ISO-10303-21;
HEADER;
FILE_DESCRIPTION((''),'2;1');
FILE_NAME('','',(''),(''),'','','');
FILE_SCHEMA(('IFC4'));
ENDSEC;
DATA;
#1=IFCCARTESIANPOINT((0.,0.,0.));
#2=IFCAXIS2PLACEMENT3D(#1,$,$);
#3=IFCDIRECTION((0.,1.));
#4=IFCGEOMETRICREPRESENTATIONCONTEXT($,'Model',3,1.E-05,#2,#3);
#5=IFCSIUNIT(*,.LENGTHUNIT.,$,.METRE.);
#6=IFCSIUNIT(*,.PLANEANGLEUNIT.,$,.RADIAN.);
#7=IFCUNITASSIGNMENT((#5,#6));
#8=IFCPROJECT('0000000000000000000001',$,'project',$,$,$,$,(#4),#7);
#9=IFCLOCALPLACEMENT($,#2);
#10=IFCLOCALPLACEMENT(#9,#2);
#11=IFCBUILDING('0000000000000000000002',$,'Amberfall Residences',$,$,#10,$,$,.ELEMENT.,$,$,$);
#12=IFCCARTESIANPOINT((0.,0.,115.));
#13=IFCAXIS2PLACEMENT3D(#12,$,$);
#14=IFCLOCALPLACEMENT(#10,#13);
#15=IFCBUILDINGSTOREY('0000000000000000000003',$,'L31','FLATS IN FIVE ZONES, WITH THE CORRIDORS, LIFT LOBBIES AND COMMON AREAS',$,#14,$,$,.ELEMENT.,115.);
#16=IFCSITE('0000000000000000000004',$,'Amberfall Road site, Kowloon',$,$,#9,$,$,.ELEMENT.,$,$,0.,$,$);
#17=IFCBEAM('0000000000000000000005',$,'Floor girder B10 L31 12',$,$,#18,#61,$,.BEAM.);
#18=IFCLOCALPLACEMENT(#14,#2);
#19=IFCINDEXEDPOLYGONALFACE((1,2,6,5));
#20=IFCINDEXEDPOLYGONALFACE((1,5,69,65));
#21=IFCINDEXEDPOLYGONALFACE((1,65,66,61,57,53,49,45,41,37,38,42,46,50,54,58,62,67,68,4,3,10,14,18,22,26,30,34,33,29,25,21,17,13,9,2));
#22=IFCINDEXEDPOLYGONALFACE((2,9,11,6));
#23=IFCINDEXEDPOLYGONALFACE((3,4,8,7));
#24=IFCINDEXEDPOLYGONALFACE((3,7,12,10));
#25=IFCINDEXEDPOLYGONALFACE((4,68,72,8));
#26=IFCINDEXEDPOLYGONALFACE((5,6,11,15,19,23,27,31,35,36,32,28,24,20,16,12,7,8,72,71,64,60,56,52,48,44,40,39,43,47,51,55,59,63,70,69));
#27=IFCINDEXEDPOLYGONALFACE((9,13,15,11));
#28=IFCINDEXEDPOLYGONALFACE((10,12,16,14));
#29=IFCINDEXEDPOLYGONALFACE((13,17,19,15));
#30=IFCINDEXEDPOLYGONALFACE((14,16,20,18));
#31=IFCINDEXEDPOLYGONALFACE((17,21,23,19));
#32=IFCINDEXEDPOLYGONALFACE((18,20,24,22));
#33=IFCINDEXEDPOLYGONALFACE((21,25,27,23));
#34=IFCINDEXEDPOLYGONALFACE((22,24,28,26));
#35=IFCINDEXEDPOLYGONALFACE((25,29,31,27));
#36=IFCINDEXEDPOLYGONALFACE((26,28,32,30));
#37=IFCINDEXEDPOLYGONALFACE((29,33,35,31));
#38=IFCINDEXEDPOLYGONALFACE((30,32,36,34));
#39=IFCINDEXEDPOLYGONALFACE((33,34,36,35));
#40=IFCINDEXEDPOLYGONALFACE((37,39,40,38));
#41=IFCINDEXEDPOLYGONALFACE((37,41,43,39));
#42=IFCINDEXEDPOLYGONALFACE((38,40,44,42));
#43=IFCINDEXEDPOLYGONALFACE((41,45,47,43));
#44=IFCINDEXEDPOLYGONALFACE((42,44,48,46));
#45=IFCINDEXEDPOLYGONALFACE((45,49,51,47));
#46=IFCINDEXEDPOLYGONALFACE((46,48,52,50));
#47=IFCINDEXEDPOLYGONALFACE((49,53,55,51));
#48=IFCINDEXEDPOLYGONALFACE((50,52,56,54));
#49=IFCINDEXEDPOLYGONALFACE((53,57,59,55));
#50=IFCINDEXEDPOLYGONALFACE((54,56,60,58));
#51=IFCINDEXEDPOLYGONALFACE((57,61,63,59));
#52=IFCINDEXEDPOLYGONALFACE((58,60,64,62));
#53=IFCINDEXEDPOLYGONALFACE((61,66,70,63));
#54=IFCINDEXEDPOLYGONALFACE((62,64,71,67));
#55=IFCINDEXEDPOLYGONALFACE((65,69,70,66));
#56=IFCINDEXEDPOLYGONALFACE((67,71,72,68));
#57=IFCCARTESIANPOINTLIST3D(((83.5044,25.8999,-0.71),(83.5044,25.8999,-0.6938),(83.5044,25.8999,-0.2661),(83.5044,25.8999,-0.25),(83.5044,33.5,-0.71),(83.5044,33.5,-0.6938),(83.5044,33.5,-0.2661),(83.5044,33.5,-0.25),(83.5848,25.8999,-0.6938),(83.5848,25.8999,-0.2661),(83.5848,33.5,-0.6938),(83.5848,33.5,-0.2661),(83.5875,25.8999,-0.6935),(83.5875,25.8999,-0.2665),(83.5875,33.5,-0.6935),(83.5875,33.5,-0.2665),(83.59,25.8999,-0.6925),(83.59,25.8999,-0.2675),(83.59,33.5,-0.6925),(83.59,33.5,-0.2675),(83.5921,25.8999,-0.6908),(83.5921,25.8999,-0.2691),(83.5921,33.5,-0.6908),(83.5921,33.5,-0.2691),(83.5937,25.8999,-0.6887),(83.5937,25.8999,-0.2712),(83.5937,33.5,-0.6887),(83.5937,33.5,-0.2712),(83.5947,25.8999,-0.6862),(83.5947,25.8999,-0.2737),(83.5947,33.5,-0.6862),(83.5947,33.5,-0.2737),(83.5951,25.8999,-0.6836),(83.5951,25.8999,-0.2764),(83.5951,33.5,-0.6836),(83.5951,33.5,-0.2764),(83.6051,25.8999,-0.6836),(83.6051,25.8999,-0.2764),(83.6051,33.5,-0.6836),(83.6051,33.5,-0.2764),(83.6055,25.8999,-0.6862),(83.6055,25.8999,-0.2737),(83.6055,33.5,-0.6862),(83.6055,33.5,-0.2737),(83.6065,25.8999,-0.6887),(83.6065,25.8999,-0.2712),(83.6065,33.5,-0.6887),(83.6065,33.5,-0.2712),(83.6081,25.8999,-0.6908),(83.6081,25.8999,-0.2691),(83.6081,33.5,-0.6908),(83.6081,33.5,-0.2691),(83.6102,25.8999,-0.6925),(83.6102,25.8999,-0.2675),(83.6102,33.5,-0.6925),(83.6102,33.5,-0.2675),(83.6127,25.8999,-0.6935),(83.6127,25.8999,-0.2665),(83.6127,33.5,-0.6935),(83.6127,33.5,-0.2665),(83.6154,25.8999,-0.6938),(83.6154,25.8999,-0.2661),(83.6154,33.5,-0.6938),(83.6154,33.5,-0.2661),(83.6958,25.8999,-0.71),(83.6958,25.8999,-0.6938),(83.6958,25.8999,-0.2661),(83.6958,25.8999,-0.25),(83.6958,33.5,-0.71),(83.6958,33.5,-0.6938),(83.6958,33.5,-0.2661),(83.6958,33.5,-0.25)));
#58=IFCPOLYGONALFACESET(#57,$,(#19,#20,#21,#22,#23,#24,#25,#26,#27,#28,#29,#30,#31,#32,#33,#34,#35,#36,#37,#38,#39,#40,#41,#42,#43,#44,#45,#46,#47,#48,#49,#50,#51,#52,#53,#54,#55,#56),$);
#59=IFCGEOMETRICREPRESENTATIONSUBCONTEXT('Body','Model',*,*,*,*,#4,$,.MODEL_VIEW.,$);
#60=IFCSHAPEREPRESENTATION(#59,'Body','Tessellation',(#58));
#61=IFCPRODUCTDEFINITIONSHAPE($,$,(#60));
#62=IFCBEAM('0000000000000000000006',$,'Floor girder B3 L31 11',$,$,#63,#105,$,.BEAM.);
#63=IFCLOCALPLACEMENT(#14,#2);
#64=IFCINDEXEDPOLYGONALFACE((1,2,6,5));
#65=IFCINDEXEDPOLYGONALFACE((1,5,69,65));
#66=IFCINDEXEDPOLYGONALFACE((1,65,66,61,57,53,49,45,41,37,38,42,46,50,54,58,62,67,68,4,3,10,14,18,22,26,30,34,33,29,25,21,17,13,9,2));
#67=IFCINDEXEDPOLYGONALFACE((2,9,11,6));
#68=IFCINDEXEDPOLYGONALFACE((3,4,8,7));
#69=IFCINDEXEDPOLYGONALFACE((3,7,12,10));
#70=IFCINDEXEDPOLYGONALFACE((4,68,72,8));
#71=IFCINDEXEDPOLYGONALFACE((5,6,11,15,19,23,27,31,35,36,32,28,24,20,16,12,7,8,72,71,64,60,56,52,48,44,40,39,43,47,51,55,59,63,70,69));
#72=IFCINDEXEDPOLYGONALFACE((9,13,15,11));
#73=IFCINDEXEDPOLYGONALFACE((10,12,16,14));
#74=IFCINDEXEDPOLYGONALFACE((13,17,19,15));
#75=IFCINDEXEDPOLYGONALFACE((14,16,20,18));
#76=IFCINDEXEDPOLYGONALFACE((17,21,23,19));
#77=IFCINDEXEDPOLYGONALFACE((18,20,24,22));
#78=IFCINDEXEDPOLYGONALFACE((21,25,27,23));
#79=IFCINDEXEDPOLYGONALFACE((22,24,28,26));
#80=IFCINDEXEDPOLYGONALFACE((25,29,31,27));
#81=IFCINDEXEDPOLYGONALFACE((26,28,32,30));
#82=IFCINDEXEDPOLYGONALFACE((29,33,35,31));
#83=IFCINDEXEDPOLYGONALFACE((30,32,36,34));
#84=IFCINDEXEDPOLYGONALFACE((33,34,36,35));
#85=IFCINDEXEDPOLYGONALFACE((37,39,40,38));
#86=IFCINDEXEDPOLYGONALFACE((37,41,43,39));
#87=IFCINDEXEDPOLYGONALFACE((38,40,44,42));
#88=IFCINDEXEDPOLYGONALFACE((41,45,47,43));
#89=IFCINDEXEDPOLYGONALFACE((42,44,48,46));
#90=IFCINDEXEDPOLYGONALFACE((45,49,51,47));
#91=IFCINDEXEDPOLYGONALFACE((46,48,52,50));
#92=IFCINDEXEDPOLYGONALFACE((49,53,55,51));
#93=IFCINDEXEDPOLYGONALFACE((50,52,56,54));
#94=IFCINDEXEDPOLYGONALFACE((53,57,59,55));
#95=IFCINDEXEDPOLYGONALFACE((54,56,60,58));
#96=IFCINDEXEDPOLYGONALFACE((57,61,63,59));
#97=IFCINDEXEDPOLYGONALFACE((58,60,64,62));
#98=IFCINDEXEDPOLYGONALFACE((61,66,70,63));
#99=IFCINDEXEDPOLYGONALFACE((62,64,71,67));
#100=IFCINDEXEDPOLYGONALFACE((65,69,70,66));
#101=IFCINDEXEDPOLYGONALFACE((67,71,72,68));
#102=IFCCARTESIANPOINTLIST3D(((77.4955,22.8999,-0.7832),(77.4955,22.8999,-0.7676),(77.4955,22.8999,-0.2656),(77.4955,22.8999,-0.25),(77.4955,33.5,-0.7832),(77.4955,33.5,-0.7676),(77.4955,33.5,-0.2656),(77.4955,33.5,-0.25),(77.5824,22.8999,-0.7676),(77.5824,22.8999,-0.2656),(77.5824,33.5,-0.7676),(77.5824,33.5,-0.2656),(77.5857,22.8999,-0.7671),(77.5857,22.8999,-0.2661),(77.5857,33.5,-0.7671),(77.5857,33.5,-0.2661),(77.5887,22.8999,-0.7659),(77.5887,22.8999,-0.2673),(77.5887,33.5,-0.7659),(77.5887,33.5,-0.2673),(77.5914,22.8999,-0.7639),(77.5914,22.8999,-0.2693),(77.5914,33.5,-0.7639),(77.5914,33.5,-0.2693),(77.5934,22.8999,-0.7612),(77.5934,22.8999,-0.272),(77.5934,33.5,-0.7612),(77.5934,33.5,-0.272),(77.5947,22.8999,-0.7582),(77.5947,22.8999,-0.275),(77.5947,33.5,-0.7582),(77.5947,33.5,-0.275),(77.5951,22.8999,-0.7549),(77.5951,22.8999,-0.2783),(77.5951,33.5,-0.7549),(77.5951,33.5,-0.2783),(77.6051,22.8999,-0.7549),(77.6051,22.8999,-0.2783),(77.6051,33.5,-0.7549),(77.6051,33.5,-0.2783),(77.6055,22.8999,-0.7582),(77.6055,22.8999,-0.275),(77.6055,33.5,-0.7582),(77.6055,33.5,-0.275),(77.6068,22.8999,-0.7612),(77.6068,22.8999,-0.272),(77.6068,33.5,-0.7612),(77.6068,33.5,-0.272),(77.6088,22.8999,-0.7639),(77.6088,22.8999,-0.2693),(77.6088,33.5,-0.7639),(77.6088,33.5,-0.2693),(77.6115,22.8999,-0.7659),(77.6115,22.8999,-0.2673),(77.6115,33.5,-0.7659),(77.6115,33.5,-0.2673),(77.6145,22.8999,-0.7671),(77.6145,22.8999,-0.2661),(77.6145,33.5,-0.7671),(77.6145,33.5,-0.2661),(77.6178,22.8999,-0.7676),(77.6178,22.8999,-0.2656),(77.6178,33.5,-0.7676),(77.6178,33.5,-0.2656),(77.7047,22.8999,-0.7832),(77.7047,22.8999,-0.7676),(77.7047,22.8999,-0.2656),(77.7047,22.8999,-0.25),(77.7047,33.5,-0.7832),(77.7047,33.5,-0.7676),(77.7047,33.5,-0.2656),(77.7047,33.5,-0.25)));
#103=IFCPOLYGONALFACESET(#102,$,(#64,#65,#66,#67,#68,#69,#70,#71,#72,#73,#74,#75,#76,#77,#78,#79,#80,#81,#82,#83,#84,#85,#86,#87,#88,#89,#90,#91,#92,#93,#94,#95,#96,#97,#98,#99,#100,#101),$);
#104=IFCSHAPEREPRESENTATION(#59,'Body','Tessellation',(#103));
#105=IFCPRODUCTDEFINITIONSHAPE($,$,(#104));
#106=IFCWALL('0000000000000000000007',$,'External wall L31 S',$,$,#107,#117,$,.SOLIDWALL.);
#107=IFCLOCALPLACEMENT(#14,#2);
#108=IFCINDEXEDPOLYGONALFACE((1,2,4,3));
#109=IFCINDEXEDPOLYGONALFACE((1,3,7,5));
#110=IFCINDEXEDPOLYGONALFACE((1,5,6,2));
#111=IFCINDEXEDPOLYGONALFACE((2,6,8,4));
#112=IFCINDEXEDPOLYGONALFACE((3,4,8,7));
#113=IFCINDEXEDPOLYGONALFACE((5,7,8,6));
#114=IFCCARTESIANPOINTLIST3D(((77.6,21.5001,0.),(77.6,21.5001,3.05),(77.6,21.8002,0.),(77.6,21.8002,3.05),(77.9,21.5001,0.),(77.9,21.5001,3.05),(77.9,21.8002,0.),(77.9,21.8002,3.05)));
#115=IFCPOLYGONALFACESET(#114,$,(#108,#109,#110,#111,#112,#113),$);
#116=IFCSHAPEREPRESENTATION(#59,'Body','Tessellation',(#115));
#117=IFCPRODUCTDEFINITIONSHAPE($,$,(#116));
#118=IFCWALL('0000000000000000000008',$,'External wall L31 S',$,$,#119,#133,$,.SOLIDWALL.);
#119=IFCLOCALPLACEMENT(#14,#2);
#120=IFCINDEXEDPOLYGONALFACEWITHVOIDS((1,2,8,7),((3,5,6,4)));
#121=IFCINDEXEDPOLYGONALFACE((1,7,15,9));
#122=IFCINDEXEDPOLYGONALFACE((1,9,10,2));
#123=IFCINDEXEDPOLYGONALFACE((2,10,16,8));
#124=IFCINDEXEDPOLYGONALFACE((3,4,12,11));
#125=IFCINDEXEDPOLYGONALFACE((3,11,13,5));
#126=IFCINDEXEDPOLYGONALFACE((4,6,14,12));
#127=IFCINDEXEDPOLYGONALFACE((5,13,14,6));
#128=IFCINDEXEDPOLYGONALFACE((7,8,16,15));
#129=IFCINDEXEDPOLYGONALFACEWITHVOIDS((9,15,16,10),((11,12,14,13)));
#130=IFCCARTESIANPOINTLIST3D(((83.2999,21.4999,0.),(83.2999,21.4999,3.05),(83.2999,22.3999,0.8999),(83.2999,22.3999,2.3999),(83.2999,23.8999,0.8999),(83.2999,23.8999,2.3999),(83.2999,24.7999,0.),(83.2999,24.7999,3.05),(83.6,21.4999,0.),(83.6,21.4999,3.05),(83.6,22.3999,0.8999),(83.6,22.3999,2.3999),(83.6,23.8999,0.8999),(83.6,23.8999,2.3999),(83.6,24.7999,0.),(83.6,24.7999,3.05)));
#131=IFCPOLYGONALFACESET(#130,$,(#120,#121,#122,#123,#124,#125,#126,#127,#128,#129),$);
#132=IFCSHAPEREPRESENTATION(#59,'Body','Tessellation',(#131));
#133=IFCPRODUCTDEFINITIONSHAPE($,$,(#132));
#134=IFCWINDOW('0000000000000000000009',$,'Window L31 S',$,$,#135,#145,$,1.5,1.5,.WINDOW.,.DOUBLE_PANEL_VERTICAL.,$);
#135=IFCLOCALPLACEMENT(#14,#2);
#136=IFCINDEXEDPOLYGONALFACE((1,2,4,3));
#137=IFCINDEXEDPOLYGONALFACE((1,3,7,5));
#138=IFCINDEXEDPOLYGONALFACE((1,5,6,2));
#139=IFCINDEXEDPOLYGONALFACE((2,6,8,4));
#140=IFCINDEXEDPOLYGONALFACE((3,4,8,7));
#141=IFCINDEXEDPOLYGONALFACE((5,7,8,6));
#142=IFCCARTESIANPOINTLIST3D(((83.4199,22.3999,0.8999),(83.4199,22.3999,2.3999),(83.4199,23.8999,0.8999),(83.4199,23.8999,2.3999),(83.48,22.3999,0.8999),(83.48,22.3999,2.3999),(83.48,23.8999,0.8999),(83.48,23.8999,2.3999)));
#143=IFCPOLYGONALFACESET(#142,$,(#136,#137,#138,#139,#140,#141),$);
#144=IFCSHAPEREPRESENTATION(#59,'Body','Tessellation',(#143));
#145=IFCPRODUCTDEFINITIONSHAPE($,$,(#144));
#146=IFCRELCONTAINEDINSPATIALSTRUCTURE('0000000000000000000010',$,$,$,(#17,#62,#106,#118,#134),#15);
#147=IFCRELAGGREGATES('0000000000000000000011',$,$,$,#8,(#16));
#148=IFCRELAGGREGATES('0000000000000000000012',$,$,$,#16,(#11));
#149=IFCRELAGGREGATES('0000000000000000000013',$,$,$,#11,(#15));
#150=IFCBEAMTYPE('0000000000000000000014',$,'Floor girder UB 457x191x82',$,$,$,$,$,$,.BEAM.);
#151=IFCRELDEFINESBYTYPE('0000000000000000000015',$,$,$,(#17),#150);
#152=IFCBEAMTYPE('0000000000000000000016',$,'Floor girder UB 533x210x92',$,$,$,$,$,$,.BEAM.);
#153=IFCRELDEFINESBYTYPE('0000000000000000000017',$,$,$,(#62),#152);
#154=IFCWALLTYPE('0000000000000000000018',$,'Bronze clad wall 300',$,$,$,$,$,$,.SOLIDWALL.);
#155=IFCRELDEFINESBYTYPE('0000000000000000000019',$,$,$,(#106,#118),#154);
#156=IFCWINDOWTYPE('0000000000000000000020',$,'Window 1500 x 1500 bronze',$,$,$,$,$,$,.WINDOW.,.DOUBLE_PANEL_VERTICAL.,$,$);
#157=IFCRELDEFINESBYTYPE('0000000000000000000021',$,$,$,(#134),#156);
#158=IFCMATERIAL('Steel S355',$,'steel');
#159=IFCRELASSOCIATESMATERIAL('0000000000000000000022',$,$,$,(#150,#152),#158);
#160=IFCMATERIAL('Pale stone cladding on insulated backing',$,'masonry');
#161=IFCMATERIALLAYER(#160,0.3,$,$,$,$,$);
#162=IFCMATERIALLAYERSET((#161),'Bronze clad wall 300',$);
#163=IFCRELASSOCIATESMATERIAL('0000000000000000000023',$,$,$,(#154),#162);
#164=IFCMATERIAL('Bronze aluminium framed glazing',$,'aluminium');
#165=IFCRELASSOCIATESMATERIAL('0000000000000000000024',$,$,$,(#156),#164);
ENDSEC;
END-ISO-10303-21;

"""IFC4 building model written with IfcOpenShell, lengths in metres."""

from ifc_helpers import new_model, si_unit, direction, frame, frame_2d, origin, origin_2d, place, context, subcontext, project, spatial, rectangle, i_section, extrude, material, layer, layer_set, material_profile, profile_set, type_object, element, fill, save


model = new_model("IFC4")

# Units and contexts
model_context = context("Model", 3, precision=1e-05, world=origin(), true_north=direction((0.0, 1.0)))
body_context = subcontext(model_context, "Body", "Model", "MODEL_VIEW")
ifc_project = project(units=[si_unit("LENGTHUNIT", "METRE"), si_unit("PLANEANGLEUNIT", "RADIAN")], contexts=[model_context])

# Site, building, storey
site_placement = place(None, origin())
site = spatial("IfcSite", under=ifc_project, at=site_placement, Name="Amberfall Road site, Kowloon", CompositionType="ELEMENT", RefElevation=0.0)
building_placement = place(site_placement, origin())
building = spatial("IfcBuilding", under=site, at=building_placement, Name="Amberfall Residences", CompositionType="ELEMENT")
storey_placement = place(building_placement, frame((0.0, 0.0, 115.0)))
storey = spatial("IfcBuildingStorey", under=building, at=storey_placement, Name="L31", Description="FLATS IN FIVE ZONES, WITH THE CORRIDORS, LIFT LOBBIES AND COMMON AREAS", CompositionType="ELEMENT", Elevation=115.0)

# Beams
ifc_material_1 = material(Name="Steel S355", Category="steel")
ifc_material_profile_1 = material_profile(ifc_material_1, i_section(OverallWidth=0.1914, OverallDepth=0.46, WebThickness=0.01, FlangeThickness=0.0161, FilletRadius=0.0103, at=origin_2d()), Name="UB 457x191x82")
ifc_profile_set_1 = profile_set([ifc_material_profile_1], Name="Steel S355")
beam_type_1 = type_object("IfcBeamType", Name="Floor girder UB 457x191x82", PredefinedType="BEAM", material=ifc_profile_set_1)
beam_1_placement = place(storey_placement, frame((83.6001, 25.8999, -0.48), z_axis=(0.0, 1.0, 0.0), x_axis=(-1.0, 0.0, 0.0)))
element("IfcBeam", 1, at=beam_1_placement, inside=storey, type_object=beam_type_1, Name="Floor girder B10 L31 12", PredefinedType="BEAM", context=body_context, shape_type="SweptSolid", body=[
    extrude(i_section(OverallWidth=0.1914, OverallDepth=0.46, WebThickness=0.01, FlangeThickness=0.0161, FilletRadius=0.0103, at=origin_2d()), origin(), (0.0, 0.0, 1.0), 7.6001),
])
ifc_material_profile_2 = material_profile(ifc_material_1, i_section(OverallWidth=0.2092, OverallDepth=0.5332, WebThickness=0.01, FlangeThickness=0.0156, FilletRadius=0.0127, at=origin_2d()), Name="UB 533x210x92")
ifc_profile_set_2 = profile_set([ifc_material_profile_2], Name="Steel S355")
beam_type_2 = type_object("IfcBeamType", Name="Floor girder UB 533x210x92", PredefinedType="BEAM", material=ifc_profile_set_2)
beam_2_placement = place(storey_placement, frame((77.6001, 22.8999, -0.5166), z_axis=(0.0, 1.0, 0.0), x_axis=(-1.0, 0.0, 0.0)))
element("IfcBeam", 2, at=beam_2_placement, inside=storey, type_object=beam_type_2, Name="Floor girder B3 L31 11", PredefinedType="BEAM", context=body_context, shape_type="SweptSolid", body=[
    extrude(i_section(OverallWidth=0.2092, OverallDepth=0.5332, WebThickness=0.01, FlangeThickness=0.0156, FilletRadius=0.0127, at=origin_2d()), origin(), (0.0, 0.0, 1.0), 10.6001),
])

# Wall
ifc_material_2 = material(Name="Pale stone cladding on insulated backing", Category="masonry")
ifc_layer_1 = layer(ifc_material_2, 0.3)
ifc_layer_set_1 = layer_set([ifc_layer_1], Name="Bronze clad wall 300")
wall_type_1 = type_object("IfcWallType", Name="Bronze clad wall 300", PredefinedType="SOLIDWALL", material=ifc_layer_set_1)
wall_1_placement = place(storey_placement, frame((77.75, 21.8, 0.0), z_axis=(0.0, 0.0, 1.0), x_axis=(0.0, -1.0, 0.0)))
element("IfcWall", 3, at=wall_1_placement, inside=storey, type_object=wall_type_1, Name="External wall L31 S", PredefinedType="SOLIDWALL", context=body_context, shape_type="SweptSolid", body=[
    extrude(rectangle(XDim=0.3, YDim=0.3, at=frame_2d((0.1499, 0.0))), origin(), (0.0, 0.0, 1.0), 3.05),
])

# Wall, opening, window
wall_2_placement = place(storey_placement, frame((83.45, 21.5, 0.0), z_axis=(0.0, 0.0, 1.0), x_axis=(0.0, 1.0, 0.0)))
wall_2 = element("IfcWall", 4, at=wall_2_placement, inside=storey, type_object=wall_type_1, Name="External wall L31 S", PredefinedType="SOLIDWALL", context=body_context, shape_type="SweptSolid", body=[
    extrude(rectangle(XDim=3.3, YDim=0.3, at=frame_2d((1.6499, 0.0))), origin(), (0.0, 0.0, 1.0), 3.05),
])
opening_1_placement = place(wall_2_placement, frame((0.8999, 0.0, 0.8999)))
opening_1 = element("IfcOpeningElement", 5, at=opening_1_placement, cuts=wall_2, PredefinedType="OPENING", context=body_context, shape_type="SweptSolid", body=[
    extrude(rectangle(XDim=1.5, YDim=1.5, at=frame_2d((0.75, 0.75))), frame((0.0, 0.1599, 0.0), z_axis=(0.0, -1.0, 0.0), x_axis=(1.0, 0.0, 0.0)), (0.0, 0.0, 1.0), 0.3201),
])
ifc_material_3 = material(Name="Bronze aluminium framed glazing", Category="aluminium")
window_type_1 = type_object("IfcWindowType", Name="Window 1500 x 1500 bronze", PartitioningType="DOUBLE_PANEL_VERTICAL", PredefinedType="WINDOW", material=ifc_material_3)
window_1_placement = place(opening_1_placement, origin())
window_1 = element("IfcWindow", 6, at=window_1_placement, inside=storey, type_object=window_type_1, Name="Window L31 S", OverallHeight=1.5, OverallWidth=1.5, PartitioningType="DOUBLE_PANEL_VERTICAL", PredefinedType="WINDOW", context=body_context, shape_type="SweptSolid", body=[
    extrude(rectangle(XDim=1.5, YDim=1.5, at=frame_2d((0.75, 0.75))), frame((0.0, 0.03, 0.0), z_axis=(0.0, -1.0, 0.0), x_axis=(1.0, 0.0, 0.0)), (0.0, 0.0, 1.0), 0.0601),
])
fill(opening_1, window_1)

save(model, "model.ifc")
